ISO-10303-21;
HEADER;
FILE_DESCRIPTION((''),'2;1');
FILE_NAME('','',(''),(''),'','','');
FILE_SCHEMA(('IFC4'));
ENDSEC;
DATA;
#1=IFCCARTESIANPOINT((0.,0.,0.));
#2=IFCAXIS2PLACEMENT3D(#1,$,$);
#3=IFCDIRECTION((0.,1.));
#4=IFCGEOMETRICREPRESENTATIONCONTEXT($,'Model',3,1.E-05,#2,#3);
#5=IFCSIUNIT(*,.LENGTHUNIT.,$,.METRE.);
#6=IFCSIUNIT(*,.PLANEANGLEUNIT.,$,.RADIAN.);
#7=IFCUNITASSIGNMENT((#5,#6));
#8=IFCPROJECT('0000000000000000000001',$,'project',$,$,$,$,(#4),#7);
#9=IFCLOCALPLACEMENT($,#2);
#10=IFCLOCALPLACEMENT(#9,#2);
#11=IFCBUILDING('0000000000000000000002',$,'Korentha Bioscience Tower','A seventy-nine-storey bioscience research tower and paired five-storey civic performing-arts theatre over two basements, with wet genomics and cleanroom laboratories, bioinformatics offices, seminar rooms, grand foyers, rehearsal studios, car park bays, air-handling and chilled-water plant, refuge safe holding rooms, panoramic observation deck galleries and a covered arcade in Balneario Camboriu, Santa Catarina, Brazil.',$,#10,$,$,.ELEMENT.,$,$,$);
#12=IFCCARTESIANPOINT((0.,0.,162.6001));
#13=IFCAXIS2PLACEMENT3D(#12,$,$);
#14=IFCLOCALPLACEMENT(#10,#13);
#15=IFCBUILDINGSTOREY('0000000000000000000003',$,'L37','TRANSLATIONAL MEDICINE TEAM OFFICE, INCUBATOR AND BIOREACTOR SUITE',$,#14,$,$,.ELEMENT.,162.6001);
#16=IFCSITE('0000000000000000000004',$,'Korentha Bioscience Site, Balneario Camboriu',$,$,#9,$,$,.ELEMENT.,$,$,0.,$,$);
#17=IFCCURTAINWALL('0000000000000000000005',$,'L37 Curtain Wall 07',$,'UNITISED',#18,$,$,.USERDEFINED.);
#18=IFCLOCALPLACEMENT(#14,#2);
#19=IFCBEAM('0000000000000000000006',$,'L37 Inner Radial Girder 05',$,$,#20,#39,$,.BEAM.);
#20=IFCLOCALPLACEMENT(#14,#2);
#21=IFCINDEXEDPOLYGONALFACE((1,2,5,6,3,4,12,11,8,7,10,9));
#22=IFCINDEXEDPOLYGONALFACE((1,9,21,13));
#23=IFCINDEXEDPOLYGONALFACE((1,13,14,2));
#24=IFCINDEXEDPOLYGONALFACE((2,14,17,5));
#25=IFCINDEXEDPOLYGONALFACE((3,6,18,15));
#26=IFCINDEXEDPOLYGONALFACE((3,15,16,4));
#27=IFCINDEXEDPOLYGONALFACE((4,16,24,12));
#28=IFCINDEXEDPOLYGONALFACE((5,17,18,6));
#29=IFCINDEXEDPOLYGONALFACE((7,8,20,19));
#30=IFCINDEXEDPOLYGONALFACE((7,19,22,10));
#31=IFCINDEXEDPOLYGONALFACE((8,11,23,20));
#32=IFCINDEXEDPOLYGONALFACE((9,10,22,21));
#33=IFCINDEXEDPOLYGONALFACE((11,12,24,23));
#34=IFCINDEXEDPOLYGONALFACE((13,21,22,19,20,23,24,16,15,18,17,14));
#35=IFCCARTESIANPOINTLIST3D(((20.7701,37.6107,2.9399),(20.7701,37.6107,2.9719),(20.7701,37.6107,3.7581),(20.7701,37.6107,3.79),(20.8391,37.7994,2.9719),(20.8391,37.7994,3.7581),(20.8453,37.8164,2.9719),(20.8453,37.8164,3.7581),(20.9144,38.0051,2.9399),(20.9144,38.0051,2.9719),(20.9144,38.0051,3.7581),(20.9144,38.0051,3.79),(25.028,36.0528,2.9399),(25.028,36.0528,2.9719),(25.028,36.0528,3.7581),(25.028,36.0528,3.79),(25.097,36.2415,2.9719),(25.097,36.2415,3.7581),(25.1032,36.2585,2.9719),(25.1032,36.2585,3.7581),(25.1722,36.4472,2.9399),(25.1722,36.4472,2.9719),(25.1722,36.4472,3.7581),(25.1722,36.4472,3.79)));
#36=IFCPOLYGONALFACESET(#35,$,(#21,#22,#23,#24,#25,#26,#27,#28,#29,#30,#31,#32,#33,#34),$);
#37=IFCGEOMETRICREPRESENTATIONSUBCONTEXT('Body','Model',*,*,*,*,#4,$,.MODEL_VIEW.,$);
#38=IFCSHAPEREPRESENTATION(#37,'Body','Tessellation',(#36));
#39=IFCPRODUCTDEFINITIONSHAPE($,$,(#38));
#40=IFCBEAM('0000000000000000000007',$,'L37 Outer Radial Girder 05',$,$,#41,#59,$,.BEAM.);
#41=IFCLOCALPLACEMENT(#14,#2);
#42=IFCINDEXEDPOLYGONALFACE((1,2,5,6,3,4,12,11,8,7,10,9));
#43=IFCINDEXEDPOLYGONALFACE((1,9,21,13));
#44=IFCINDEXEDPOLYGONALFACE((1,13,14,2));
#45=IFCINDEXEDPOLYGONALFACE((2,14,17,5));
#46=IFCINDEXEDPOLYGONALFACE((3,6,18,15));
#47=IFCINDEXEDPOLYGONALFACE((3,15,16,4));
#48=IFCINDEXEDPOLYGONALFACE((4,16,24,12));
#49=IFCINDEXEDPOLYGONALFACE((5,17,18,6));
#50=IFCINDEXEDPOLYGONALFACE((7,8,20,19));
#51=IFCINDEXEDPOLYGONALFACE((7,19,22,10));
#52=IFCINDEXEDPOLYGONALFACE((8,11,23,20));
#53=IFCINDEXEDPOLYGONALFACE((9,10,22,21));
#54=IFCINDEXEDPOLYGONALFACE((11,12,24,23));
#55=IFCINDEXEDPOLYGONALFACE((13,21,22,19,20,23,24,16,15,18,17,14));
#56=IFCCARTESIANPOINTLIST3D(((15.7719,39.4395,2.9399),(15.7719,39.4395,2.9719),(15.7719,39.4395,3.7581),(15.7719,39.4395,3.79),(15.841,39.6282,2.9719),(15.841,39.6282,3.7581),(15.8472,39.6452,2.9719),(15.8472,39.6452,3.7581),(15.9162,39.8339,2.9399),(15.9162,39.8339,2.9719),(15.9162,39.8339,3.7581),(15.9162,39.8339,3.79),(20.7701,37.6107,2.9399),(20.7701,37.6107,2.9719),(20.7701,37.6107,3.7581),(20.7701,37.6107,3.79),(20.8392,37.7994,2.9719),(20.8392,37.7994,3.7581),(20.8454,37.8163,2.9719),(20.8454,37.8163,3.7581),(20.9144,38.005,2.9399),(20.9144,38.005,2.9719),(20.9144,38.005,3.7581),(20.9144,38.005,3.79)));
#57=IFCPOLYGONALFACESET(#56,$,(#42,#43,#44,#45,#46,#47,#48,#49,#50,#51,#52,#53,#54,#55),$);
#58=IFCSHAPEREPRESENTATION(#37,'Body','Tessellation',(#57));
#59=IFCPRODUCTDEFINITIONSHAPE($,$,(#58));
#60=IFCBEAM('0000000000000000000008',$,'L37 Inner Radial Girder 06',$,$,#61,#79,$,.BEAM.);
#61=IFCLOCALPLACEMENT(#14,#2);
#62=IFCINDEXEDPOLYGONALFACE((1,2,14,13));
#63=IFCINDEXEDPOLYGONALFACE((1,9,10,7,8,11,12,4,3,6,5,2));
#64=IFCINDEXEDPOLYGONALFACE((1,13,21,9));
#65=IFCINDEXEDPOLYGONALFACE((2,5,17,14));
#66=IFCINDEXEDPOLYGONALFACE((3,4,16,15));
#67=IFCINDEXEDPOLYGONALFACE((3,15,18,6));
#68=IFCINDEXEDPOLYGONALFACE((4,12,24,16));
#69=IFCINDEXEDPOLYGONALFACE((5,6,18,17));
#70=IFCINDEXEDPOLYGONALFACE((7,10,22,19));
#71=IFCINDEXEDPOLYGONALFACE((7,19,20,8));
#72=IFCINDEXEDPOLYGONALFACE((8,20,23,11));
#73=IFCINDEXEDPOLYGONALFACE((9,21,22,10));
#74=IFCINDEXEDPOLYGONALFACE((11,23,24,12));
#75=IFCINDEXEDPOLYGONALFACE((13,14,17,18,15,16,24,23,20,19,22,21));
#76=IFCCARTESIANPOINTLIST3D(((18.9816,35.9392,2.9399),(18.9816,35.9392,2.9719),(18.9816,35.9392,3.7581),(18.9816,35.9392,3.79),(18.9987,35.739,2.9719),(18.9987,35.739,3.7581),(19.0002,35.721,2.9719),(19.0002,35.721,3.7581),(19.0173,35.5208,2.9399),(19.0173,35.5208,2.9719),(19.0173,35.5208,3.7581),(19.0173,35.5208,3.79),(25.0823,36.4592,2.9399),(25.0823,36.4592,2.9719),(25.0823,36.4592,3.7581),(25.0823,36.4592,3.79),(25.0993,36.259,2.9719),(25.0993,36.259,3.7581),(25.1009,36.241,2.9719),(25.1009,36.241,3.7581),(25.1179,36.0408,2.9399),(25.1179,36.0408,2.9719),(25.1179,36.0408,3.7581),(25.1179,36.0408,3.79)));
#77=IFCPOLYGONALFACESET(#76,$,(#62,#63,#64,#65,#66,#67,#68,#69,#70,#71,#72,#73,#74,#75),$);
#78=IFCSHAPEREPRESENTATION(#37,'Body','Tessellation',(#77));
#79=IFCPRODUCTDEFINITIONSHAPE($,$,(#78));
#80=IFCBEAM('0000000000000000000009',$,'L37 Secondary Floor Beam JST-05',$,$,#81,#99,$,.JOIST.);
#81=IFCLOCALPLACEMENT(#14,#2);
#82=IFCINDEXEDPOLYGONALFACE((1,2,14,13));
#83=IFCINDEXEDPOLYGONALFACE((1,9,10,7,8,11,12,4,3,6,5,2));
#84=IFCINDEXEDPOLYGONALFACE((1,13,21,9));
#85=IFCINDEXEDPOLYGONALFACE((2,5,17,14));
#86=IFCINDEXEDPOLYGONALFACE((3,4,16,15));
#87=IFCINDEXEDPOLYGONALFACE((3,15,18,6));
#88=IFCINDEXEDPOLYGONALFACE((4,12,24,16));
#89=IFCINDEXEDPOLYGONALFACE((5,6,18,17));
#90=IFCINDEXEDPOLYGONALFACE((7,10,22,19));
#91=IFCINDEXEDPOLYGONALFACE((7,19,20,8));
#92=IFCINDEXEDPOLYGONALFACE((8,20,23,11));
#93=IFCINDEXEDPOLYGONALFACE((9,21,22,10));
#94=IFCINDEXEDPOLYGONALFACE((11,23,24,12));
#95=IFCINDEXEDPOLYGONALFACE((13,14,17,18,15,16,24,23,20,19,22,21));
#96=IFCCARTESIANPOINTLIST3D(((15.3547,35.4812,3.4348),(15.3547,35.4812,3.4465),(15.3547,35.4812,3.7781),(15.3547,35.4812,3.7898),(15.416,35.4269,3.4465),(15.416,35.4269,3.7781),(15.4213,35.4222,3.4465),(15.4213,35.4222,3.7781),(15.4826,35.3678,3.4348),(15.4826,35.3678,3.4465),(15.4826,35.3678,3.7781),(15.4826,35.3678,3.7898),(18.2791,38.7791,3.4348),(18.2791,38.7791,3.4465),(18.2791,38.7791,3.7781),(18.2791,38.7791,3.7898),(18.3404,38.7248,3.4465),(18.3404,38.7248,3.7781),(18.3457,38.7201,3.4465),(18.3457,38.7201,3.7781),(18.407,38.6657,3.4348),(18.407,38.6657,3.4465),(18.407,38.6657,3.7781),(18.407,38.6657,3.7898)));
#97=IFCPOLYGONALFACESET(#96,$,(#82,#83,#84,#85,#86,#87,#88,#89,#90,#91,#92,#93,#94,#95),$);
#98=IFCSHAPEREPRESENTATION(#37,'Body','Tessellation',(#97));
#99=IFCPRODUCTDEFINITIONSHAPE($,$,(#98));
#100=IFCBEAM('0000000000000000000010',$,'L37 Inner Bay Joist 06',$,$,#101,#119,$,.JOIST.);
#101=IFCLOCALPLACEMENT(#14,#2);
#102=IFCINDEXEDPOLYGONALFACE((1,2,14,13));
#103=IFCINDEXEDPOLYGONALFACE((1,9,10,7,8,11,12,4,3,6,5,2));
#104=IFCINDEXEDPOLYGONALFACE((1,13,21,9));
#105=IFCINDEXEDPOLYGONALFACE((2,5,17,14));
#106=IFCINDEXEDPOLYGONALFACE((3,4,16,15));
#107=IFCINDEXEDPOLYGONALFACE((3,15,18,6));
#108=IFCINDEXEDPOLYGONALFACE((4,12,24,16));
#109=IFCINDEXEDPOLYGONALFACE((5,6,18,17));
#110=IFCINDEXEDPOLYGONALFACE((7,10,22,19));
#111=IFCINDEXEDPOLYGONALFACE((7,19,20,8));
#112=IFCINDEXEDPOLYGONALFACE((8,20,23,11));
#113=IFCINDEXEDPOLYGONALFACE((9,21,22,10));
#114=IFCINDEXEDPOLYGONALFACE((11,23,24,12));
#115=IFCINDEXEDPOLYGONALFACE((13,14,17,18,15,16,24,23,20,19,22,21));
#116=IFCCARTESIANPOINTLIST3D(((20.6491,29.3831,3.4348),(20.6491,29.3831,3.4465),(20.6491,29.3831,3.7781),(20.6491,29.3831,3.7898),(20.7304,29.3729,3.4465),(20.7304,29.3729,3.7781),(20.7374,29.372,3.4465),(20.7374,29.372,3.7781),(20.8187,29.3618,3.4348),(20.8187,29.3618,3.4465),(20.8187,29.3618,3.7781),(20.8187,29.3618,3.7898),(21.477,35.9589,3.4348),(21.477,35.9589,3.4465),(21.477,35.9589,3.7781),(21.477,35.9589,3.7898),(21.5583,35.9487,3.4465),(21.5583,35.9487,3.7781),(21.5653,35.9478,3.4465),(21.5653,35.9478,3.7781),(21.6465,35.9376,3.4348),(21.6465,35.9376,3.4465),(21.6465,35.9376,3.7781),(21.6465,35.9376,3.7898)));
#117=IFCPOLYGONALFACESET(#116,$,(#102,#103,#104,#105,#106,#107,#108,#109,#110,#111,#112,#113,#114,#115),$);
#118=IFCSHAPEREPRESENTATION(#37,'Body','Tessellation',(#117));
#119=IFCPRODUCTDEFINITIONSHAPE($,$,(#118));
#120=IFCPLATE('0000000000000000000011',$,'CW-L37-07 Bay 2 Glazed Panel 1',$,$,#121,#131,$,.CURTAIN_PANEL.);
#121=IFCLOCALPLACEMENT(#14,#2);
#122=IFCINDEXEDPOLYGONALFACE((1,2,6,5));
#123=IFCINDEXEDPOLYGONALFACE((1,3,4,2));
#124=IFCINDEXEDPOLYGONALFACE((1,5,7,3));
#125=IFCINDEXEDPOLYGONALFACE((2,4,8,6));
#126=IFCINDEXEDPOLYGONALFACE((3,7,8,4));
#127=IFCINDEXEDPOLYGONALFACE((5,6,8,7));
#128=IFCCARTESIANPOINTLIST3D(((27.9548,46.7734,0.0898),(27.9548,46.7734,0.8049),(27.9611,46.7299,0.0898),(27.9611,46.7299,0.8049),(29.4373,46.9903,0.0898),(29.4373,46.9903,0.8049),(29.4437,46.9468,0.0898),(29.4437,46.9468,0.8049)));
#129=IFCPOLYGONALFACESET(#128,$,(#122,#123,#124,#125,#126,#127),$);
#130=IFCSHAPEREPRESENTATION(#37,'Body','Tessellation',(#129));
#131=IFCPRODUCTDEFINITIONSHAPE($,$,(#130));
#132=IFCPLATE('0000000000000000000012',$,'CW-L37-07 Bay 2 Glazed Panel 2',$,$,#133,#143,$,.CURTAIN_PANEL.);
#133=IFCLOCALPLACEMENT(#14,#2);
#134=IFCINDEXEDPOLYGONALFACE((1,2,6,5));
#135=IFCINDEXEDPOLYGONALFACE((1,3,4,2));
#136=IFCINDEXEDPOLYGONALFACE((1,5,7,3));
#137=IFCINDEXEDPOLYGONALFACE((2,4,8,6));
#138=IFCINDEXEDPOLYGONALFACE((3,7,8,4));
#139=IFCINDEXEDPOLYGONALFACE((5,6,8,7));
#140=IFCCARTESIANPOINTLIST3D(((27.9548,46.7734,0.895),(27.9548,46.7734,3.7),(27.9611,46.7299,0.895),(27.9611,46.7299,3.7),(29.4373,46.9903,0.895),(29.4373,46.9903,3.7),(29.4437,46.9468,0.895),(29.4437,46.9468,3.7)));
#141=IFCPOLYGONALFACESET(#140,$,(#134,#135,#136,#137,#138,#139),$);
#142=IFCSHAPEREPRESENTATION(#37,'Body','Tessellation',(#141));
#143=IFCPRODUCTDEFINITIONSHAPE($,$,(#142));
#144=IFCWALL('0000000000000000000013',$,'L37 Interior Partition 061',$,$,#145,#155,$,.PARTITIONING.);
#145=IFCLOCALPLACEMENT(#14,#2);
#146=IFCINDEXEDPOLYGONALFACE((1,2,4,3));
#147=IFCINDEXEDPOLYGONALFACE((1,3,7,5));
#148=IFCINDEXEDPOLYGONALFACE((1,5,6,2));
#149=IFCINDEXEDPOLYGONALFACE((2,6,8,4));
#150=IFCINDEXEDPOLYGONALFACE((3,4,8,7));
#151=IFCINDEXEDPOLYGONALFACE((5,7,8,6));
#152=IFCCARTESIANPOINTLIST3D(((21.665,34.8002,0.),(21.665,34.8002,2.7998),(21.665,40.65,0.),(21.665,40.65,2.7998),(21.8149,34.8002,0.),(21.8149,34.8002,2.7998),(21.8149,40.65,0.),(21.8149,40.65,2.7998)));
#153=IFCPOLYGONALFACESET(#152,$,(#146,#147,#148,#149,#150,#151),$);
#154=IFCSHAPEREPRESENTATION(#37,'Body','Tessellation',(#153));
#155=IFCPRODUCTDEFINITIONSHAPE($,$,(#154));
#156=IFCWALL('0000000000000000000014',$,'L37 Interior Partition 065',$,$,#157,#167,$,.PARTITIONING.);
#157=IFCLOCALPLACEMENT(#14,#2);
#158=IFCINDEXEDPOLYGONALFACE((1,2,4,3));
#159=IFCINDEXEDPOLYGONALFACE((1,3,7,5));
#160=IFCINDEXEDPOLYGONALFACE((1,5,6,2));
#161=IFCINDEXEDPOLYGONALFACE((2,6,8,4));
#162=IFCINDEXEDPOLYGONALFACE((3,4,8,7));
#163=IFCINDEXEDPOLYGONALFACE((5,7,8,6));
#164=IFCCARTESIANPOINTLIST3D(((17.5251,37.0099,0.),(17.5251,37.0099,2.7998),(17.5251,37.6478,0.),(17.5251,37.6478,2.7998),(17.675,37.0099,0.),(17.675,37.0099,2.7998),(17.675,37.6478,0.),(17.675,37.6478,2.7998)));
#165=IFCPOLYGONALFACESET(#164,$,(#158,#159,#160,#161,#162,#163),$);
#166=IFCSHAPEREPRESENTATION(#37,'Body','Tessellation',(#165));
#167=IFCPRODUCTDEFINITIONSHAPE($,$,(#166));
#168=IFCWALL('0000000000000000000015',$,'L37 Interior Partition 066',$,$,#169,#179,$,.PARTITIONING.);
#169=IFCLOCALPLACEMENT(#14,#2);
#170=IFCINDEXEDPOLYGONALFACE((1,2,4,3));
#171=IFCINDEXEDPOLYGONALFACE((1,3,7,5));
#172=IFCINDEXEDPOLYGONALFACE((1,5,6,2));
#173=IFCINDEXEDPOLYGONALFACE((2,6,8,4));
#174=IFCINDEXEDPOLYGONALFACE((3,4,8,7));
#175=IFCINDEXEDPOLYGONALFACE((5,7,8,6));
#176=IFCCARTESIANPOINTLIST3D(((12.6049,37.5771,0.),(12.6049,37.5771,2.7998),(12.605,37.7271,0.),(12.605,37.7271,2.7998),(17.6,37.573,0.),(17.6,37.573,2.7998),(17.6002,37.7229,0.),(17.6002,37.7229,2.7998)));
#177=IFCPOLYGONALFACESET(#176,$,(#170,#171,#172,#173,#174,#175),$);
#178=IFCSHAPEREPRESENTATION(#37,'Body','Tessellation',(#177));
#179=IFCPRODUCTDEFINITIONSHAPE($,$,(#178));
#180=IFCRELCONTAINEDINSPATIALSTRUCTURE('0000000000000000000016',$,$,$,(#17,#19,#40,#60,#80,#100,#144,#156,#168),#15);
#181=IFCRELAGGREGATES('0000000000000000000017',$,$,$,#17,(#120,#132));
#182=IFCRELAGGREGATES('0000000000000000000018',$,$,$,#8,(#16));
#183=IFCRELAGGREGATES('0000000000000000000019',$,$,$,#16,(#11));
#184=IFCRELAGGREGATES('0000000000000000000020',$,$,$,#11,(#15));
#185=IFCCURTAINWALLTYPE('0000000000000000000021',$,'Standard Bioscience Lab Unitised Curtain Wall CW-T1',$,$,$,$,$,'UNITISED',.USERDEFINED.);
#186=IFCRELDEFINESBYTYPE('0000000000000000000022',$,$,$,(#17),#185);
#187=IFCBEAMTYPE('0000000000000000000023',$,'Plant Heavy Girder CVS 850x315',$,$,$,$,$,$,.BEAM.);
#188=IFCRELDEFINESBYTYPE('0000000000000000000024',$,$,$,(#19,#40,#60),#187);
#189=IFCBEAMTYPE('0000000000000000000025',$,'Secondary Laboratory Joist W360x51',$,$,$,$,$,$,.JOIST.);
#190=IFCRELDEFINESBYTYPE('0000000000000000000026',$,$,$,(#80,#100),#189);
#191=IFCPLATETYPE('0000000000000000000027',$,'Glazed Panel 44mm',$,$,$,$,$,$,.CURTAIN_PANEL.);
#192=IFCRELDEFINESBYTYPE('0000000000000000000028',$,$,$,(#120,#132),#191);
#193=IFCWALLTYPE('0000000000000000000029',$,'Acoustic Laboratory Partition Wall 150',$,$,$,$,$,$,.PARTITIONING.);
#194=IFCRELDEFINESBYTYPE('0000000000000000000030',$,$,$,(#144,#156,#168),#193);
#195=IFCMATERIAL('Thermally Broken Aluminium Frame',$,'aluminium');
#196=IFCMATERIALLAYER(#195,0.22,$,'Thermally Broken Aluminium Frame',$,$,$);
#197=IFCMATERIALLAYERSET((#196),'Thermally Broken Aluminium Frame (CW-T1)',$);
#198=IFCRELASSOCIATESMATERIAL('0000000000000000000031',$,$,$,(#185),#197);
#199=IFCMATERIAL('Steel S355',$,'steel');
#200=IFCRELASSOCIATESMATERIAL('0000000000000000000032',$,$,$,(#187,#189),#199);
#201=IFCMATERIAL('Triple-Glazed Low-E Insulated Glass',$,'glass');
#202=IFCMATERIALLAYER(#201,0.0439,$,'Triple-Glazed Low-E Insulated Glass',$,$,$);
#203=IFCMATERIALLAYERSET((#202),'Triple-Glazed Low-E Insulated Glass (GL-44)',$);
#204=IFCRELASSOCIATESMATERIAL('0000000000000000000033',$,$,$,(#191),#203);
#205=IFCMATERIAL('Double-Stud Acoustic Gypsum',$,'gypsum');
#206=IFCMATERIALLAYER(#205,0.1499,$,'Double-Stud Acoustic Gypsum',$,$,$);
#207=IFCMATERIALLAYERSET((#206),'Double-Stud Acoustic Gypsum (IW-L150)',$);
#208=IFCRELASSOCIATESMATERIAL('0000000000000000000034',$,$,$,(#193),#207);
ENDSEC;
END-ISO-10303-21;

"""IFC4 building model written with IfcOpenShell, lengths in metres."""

from ifc_helpers import new_model, si_unit, direction, frame, frame_2d, origin, origin_2d, place, context, subcontext, project, spatial, rectangle, i_section, extrude, material, layer, layer_set, material_profile, profile_set, type_object, element, aggregate, save


model = new_model("IFC4")

# Units and contexts
model_context = context("Model", 3, precision=1e-05, world=origin(), true_north=direction((0.0, 1.0)))
body_context = subcontext(model_context, "Body", "Model", "MODEL_VIEW")
ifc_project = project(units=[si_unit("LENGTHUNIT", "METRE"), si_unit("PLANEANGLEUNIT", "RADIAN")], contexts=[model_context])

# Site, building, storey
site_placement = place(None, origin())
site = spatial("IfcSite", under=ifc_project, at=site_placement, Name="Korentha Bioscience Site, Balneario Camboriu", CompositionType="ELEMENT", RefElevation=0.0)
building_placement = place(site_placement, origin())
building = spatial("IfcBuilding", under=site, at=building_placement, Name="Korentha Bioscience Tower", Description="A seventy-nine-storey bioscience research tower and paired five-storey civic performing-arts theatre over two basements, with wet genomics and cleanroom laboratories, bioinformatics offices, seminar rooms, grand foyers, rehearsal studios, car park bays, air-handling and chilled-water plant, refuge safe holding rooms, panoramic observation deck galleries and a covered arcade in Balneario Camboriu, Santa Catarina, Brazil.", CompositionType="ELEMENT")
storey_placement = place(building_placement, frame((0.0, 0.0, 162.6001)))
storey = spatial("IfcBuildingStorey", under=building, at=storey_placement, Name="L37", Description="TRANSLATIONAL MEDICINE TEAM OFFICE, INCUBATOR AND BIOREACTOR SUITE", CompositionType="ELEMENT", Elevation=162.6001)

# Shared definitions
ifc_material_1 = material(Name="Steel S355", Category="steel")

# Curtain wall
ifc_material_2 = material(Name="Thermally Broken Aluminium Frame", Category="aluminium")
ifc_layer_1 = layer(ifc_material_2, 0.22, Name="Thermally Broken Aluminium Frame")
ifc_layer_set_1 = layer_set([ifc_layer_1], Name="Thermally Broken Aluminium Frame (CW-T1)")
curtain_wall_type = type_object("IfcCurtainWallType", Name="Standard Bioscience Lab Unitised Curtain Wall CW-T1", ElementType="UNITISED", PredefinedType="USERDEFINED", material=ifc_layer_set_1)
curtain_wall_placement = place(storey_placement, origin())
curtain_wall = element("IfcCurtainWall", 1, at=curtain_wall_placement, inside=storey, type_object=curtain_wall_type, Name="L37 Curtain Wall 07", ObjectType="UNITISED", PredefinedType="USERDEFINED")

# Beams
ifc_material_profile_1 = material_profile(ifc_material_1, i_section(OverallWidth=0.4199, OverallDepth=0.8501, WebThickness=0.0181, FlangeThickness=0.032, at=origin_2d()), Name="Steel S355")
ifc_profile_set_1 = profile_set([ifc_material_profile_1], Name="Steel S355 (MB-850)")
beam_type_1 = type_object("IfcBeamType", Name="Plant Heavy Girder CVS 850x315", PredefinedType="BEAM", material=ifc_profile_set_1)
beam_1_placement = place(storey_placement, frame((25.1001, 36.25, 3.365), z_axis=(-0.939114, 0.343606, 0.0), x_axis=(-0.343606, -0.939114, 0.0)))
element("IfcBeam", 2, at=beam_1_placement, inside=storey, type_object=beam_type_1, Name="L37 Inner Radial Girder 05", PredefinedType="BEAM", context=body_context, shape_type="SweptSolid", body=[
    extrude(i_section(OverallWidth=0.4199, OverallDepth=0.8501, WebThickness=0.0181, FlangeThickness=0.032, at=origin_2d()), origin(), (0.0, 0.0, 1.0), 4.5339),
])
beam_2_placement = place(storey_placement, frame((20.8423, 37.8079, 3.365), z_axis=(-0.93911, 0.343617, 0.0), x_axis=(-0.343617, -0.93911, 0.0)))
element("IfcBeam", 3, at=beam_2_placement, inside=storey, type_object=beam_type_1, Name="L37 Outer Radial Girder 05", PredefinedType="BEAM", context=body_context, shape_type="SweptSolid", body=[
    extrude(i_section(OverallWidth=0.4199, OverallDepth=0.8501, WebThickness=0.0181, FlangeThickness=0.032, at=origin_2d()), origin(), (0.0, 0.0, 1.0), 5.3223),
])
beam_3_placement = place(storey_placement, frame((25.1001, 36.25, 3.365), z_axis=(-0.996387, -0.084933, 0.0), x_axis=(0.084933, -0.996387, 0.0)))
element("IfcBeam", 4, at=beam_3_placement, inside=storey, type_object=beam_type_1, Name="L37 Inner Radial Girder 06", PredefinedType="BEAM", context=body_context, shape_type="SweptSolid", body=[
    extrude(i_section(OverallWidth=0.4199, OverallDepth=0.8501, WebThickness=0.0181, FlangeThickness=0.032, at=origin_2d()), origin(), (0.0, 0.0, 1.0), 6.1228),
])
ifc_material_profile_2 = material_profile(ifc_material_1, i_section(OverallWidth=0.1709, OverallDepth=0.355, WebThickness=0.0071, FlangeThickness=0.0117, at=origin_2d()), Name="Steel S355")
ifc_profile_set_2 = profile_set([ifc_material_profile_2], Name="Steel S355 (JB-360)")
beam_type_2 = type_object("IfcBeamType", Name="Secondary Laboratory Joist W360x51", PredefinedType="JOIST", material=ifc_profile_set_2)
beam_4_placement = place(storey_placement, frame((18.343, 38.7224, 3.6123), z_axis=(-0.663463, -0.748209, 0.0), x_axis=(0.748209, -0.663463, 0.0)))
element("IfcBeam", 5, at=beam_4_placement, inside=storey, type_object=beam_type_2, Name="L37 Secondary Floor Beam JST-05", PredefinedType="JOIST", context=body_context, shape_type="SweptSolid", body=[
    extrude(i_section(OverallWidth=0.1709, OverallDepth=0.355, WebThickness=0.0071, FlangeThickness=0.0117, at=origin_2d()), origin(), (0.0, 0.0, 1.0), 4.4077),
])
beam_5_placement = place(storey_placement, frame((21.5618, 35.9482, 3.6123), z_axis=(-0.124914, -0.992168, 0.0), x_axis=(0.992168, -0.124914, 0.0)))
element("IfcBeam", 6, at=beam_5_placement, inside=storey, type_object=beam_type_2, Name="L37 Inner Bay Joist 06", PredefinedType="JOIST", context=body_context, shape_type="SweptSolid", body=[
    extrude(i_section(OverallWidth=0.1709, OverallDepth=0.355, WebThickness=0.0071, FlangeThickness=0.0117, at=origin_2d()), origin(), (0.0, 0.0, 1.0), 6.6277),
])

# Plates
ifc_material_3 = material(Name="Triple-Glazed Low-E Insulated Glass", Category="glass")
ifc_layer_2 = layer(ifc_material_3, 0.0439, Name="Triple-Glazed Low-E Insulated Glass")
ifc_layer_set_2 = layer_set([ifc_layer_2], Name="Triple-Glazed Low-E Insulated Glass (GL-44)")
plate_type = type_object("IfcPlateType", Name="Glazed Panel 44mm", PredefinedType="CURTAIN_PANEL", material=ifc_layer_set_2)
plate_1_placement = place(storey_placement, frame((28.6992, 46.8601, 0.0898), z_axis=(0.0, 0.0, 1.0), x_axis=(-0.989462, -0.144793, 0.0)))
plate_1 = element("IfcPlate", 7, at=plate_1_placement, type_object=plate_type, Name="CW-L37-07 Bay 2 Glazed Panel 1", PredefinedType="CURTAIN_PANEL", context=body_context, shape_type="SweptSolid", body=[
    extrude(rectangle(XDim=1.4983, YDim=0.0439, at=origin_2d()), origin(), (0.0, 0.0, 1.0), 0.7151),
])
plate_2_placement = place(storey_placement, frame((28.6992, 46.8601, 0.895), z_axis=(0.0, 0.0, 1.0), x_axis=(-0.989462, -0.144793, 0.0)))
plate_2 = element("IfcPlate", 8, at=plate_2_placement, type_object=plate_type, Name="CW-L37-07 Bay 2 Glazed Panel 2", PredefinedType="CURTAIN_PANEL", context=body_context, shape_type="SweptSolid", body=[
    extrude(rectangle(XDim=1.4983, YDim=0.0439, at=origin_2d()), origin(), (0.0, 0.0, 1.0), 2.8049),
])
aggregate(curtain_wall, [plate_1, plate_2])

# Shared definitions
ifc_material_4 = material(Name="Double-Stud Acoustic Gypsum", Category="gypsum")
ifc_layer_3 = layer(ifc_material_4, 0.1499, Name="Double-Stud Acoustic Gypsum")
ifc_layer_set_3 = layer_set([ifc_layer_3], Name="Double-Stud Acoustic Gypsum (IW-L150)")
wall_type_1 = type_object("IfcWallType", Name="Acoustic Laboratory Partition Wall 150", PredefinedType="PARTITIONING", material=ifc_layer_set_3)

# Walls
wall_1_placement = place(storey_placement, frame((21.74, 40.6499, 0.0), z_axis=(0.0, 0.0, 1.0), x_axis=(0.0, -1.0, 0.0)))
element("IfcWall", 9, at=wall_1_placement, inside=storey, type_object=wall_type_1, Name="L37 Interior Partition 061", PredefinedType="PARTITIONING", context=body_context, shape_type="SweptSolid", body=[
    extrude(rectangle(XDim=5.8499, YDim=0.1499, at=frame_2d((2.9248, 0.0))), origin(), (0.0, 0.0, 1.0), 2.7998),
])
wall_2_placement = place(storey_placement, frame((17.6001, 37.01, 0.0), z_axis=(0.0, 0.0, 1.0), x_axis=(0.0, 1.0, 0.0)))
element("IfcWall", 10, at=wall_2_placement, inside=storey, type_object=wall_type_1, Name="L37 Interior Partition 065", PredefinedType="PARTITIONING", context=body_context, shape_type="SweptSolid", body=[
    extrude(rectangle(XDim=0.6379, YDim=0.1499, at=frame_2d((0.3188, 0.0))), origin(), (0.0, 0.0, 1.0), 2.7998),
])
wall_3_placement = place(storey_placement, frame((17.6001, 37.6479, 0.0), z_axis=(0.0, 0.0, 1.0), x_axis=(-1.0, 0.000831, 0.0)))
element("IfcWall", 11, at=wall_3_placement, inside=storey, type_object=wall_type_1, Name="L37 Interior Partition 066", PredefinedType="PARTITIONING", context=body_context, shape_type="SweptSolid", body=[
    extrude(rectangle(XDim=4.9951, YDim=0.1499, at=frame_2d((2.4976, 0.0))), origin(), (0.0, 0.0, 1.0), 2.7998),
])

save(model, "model.ifc")
